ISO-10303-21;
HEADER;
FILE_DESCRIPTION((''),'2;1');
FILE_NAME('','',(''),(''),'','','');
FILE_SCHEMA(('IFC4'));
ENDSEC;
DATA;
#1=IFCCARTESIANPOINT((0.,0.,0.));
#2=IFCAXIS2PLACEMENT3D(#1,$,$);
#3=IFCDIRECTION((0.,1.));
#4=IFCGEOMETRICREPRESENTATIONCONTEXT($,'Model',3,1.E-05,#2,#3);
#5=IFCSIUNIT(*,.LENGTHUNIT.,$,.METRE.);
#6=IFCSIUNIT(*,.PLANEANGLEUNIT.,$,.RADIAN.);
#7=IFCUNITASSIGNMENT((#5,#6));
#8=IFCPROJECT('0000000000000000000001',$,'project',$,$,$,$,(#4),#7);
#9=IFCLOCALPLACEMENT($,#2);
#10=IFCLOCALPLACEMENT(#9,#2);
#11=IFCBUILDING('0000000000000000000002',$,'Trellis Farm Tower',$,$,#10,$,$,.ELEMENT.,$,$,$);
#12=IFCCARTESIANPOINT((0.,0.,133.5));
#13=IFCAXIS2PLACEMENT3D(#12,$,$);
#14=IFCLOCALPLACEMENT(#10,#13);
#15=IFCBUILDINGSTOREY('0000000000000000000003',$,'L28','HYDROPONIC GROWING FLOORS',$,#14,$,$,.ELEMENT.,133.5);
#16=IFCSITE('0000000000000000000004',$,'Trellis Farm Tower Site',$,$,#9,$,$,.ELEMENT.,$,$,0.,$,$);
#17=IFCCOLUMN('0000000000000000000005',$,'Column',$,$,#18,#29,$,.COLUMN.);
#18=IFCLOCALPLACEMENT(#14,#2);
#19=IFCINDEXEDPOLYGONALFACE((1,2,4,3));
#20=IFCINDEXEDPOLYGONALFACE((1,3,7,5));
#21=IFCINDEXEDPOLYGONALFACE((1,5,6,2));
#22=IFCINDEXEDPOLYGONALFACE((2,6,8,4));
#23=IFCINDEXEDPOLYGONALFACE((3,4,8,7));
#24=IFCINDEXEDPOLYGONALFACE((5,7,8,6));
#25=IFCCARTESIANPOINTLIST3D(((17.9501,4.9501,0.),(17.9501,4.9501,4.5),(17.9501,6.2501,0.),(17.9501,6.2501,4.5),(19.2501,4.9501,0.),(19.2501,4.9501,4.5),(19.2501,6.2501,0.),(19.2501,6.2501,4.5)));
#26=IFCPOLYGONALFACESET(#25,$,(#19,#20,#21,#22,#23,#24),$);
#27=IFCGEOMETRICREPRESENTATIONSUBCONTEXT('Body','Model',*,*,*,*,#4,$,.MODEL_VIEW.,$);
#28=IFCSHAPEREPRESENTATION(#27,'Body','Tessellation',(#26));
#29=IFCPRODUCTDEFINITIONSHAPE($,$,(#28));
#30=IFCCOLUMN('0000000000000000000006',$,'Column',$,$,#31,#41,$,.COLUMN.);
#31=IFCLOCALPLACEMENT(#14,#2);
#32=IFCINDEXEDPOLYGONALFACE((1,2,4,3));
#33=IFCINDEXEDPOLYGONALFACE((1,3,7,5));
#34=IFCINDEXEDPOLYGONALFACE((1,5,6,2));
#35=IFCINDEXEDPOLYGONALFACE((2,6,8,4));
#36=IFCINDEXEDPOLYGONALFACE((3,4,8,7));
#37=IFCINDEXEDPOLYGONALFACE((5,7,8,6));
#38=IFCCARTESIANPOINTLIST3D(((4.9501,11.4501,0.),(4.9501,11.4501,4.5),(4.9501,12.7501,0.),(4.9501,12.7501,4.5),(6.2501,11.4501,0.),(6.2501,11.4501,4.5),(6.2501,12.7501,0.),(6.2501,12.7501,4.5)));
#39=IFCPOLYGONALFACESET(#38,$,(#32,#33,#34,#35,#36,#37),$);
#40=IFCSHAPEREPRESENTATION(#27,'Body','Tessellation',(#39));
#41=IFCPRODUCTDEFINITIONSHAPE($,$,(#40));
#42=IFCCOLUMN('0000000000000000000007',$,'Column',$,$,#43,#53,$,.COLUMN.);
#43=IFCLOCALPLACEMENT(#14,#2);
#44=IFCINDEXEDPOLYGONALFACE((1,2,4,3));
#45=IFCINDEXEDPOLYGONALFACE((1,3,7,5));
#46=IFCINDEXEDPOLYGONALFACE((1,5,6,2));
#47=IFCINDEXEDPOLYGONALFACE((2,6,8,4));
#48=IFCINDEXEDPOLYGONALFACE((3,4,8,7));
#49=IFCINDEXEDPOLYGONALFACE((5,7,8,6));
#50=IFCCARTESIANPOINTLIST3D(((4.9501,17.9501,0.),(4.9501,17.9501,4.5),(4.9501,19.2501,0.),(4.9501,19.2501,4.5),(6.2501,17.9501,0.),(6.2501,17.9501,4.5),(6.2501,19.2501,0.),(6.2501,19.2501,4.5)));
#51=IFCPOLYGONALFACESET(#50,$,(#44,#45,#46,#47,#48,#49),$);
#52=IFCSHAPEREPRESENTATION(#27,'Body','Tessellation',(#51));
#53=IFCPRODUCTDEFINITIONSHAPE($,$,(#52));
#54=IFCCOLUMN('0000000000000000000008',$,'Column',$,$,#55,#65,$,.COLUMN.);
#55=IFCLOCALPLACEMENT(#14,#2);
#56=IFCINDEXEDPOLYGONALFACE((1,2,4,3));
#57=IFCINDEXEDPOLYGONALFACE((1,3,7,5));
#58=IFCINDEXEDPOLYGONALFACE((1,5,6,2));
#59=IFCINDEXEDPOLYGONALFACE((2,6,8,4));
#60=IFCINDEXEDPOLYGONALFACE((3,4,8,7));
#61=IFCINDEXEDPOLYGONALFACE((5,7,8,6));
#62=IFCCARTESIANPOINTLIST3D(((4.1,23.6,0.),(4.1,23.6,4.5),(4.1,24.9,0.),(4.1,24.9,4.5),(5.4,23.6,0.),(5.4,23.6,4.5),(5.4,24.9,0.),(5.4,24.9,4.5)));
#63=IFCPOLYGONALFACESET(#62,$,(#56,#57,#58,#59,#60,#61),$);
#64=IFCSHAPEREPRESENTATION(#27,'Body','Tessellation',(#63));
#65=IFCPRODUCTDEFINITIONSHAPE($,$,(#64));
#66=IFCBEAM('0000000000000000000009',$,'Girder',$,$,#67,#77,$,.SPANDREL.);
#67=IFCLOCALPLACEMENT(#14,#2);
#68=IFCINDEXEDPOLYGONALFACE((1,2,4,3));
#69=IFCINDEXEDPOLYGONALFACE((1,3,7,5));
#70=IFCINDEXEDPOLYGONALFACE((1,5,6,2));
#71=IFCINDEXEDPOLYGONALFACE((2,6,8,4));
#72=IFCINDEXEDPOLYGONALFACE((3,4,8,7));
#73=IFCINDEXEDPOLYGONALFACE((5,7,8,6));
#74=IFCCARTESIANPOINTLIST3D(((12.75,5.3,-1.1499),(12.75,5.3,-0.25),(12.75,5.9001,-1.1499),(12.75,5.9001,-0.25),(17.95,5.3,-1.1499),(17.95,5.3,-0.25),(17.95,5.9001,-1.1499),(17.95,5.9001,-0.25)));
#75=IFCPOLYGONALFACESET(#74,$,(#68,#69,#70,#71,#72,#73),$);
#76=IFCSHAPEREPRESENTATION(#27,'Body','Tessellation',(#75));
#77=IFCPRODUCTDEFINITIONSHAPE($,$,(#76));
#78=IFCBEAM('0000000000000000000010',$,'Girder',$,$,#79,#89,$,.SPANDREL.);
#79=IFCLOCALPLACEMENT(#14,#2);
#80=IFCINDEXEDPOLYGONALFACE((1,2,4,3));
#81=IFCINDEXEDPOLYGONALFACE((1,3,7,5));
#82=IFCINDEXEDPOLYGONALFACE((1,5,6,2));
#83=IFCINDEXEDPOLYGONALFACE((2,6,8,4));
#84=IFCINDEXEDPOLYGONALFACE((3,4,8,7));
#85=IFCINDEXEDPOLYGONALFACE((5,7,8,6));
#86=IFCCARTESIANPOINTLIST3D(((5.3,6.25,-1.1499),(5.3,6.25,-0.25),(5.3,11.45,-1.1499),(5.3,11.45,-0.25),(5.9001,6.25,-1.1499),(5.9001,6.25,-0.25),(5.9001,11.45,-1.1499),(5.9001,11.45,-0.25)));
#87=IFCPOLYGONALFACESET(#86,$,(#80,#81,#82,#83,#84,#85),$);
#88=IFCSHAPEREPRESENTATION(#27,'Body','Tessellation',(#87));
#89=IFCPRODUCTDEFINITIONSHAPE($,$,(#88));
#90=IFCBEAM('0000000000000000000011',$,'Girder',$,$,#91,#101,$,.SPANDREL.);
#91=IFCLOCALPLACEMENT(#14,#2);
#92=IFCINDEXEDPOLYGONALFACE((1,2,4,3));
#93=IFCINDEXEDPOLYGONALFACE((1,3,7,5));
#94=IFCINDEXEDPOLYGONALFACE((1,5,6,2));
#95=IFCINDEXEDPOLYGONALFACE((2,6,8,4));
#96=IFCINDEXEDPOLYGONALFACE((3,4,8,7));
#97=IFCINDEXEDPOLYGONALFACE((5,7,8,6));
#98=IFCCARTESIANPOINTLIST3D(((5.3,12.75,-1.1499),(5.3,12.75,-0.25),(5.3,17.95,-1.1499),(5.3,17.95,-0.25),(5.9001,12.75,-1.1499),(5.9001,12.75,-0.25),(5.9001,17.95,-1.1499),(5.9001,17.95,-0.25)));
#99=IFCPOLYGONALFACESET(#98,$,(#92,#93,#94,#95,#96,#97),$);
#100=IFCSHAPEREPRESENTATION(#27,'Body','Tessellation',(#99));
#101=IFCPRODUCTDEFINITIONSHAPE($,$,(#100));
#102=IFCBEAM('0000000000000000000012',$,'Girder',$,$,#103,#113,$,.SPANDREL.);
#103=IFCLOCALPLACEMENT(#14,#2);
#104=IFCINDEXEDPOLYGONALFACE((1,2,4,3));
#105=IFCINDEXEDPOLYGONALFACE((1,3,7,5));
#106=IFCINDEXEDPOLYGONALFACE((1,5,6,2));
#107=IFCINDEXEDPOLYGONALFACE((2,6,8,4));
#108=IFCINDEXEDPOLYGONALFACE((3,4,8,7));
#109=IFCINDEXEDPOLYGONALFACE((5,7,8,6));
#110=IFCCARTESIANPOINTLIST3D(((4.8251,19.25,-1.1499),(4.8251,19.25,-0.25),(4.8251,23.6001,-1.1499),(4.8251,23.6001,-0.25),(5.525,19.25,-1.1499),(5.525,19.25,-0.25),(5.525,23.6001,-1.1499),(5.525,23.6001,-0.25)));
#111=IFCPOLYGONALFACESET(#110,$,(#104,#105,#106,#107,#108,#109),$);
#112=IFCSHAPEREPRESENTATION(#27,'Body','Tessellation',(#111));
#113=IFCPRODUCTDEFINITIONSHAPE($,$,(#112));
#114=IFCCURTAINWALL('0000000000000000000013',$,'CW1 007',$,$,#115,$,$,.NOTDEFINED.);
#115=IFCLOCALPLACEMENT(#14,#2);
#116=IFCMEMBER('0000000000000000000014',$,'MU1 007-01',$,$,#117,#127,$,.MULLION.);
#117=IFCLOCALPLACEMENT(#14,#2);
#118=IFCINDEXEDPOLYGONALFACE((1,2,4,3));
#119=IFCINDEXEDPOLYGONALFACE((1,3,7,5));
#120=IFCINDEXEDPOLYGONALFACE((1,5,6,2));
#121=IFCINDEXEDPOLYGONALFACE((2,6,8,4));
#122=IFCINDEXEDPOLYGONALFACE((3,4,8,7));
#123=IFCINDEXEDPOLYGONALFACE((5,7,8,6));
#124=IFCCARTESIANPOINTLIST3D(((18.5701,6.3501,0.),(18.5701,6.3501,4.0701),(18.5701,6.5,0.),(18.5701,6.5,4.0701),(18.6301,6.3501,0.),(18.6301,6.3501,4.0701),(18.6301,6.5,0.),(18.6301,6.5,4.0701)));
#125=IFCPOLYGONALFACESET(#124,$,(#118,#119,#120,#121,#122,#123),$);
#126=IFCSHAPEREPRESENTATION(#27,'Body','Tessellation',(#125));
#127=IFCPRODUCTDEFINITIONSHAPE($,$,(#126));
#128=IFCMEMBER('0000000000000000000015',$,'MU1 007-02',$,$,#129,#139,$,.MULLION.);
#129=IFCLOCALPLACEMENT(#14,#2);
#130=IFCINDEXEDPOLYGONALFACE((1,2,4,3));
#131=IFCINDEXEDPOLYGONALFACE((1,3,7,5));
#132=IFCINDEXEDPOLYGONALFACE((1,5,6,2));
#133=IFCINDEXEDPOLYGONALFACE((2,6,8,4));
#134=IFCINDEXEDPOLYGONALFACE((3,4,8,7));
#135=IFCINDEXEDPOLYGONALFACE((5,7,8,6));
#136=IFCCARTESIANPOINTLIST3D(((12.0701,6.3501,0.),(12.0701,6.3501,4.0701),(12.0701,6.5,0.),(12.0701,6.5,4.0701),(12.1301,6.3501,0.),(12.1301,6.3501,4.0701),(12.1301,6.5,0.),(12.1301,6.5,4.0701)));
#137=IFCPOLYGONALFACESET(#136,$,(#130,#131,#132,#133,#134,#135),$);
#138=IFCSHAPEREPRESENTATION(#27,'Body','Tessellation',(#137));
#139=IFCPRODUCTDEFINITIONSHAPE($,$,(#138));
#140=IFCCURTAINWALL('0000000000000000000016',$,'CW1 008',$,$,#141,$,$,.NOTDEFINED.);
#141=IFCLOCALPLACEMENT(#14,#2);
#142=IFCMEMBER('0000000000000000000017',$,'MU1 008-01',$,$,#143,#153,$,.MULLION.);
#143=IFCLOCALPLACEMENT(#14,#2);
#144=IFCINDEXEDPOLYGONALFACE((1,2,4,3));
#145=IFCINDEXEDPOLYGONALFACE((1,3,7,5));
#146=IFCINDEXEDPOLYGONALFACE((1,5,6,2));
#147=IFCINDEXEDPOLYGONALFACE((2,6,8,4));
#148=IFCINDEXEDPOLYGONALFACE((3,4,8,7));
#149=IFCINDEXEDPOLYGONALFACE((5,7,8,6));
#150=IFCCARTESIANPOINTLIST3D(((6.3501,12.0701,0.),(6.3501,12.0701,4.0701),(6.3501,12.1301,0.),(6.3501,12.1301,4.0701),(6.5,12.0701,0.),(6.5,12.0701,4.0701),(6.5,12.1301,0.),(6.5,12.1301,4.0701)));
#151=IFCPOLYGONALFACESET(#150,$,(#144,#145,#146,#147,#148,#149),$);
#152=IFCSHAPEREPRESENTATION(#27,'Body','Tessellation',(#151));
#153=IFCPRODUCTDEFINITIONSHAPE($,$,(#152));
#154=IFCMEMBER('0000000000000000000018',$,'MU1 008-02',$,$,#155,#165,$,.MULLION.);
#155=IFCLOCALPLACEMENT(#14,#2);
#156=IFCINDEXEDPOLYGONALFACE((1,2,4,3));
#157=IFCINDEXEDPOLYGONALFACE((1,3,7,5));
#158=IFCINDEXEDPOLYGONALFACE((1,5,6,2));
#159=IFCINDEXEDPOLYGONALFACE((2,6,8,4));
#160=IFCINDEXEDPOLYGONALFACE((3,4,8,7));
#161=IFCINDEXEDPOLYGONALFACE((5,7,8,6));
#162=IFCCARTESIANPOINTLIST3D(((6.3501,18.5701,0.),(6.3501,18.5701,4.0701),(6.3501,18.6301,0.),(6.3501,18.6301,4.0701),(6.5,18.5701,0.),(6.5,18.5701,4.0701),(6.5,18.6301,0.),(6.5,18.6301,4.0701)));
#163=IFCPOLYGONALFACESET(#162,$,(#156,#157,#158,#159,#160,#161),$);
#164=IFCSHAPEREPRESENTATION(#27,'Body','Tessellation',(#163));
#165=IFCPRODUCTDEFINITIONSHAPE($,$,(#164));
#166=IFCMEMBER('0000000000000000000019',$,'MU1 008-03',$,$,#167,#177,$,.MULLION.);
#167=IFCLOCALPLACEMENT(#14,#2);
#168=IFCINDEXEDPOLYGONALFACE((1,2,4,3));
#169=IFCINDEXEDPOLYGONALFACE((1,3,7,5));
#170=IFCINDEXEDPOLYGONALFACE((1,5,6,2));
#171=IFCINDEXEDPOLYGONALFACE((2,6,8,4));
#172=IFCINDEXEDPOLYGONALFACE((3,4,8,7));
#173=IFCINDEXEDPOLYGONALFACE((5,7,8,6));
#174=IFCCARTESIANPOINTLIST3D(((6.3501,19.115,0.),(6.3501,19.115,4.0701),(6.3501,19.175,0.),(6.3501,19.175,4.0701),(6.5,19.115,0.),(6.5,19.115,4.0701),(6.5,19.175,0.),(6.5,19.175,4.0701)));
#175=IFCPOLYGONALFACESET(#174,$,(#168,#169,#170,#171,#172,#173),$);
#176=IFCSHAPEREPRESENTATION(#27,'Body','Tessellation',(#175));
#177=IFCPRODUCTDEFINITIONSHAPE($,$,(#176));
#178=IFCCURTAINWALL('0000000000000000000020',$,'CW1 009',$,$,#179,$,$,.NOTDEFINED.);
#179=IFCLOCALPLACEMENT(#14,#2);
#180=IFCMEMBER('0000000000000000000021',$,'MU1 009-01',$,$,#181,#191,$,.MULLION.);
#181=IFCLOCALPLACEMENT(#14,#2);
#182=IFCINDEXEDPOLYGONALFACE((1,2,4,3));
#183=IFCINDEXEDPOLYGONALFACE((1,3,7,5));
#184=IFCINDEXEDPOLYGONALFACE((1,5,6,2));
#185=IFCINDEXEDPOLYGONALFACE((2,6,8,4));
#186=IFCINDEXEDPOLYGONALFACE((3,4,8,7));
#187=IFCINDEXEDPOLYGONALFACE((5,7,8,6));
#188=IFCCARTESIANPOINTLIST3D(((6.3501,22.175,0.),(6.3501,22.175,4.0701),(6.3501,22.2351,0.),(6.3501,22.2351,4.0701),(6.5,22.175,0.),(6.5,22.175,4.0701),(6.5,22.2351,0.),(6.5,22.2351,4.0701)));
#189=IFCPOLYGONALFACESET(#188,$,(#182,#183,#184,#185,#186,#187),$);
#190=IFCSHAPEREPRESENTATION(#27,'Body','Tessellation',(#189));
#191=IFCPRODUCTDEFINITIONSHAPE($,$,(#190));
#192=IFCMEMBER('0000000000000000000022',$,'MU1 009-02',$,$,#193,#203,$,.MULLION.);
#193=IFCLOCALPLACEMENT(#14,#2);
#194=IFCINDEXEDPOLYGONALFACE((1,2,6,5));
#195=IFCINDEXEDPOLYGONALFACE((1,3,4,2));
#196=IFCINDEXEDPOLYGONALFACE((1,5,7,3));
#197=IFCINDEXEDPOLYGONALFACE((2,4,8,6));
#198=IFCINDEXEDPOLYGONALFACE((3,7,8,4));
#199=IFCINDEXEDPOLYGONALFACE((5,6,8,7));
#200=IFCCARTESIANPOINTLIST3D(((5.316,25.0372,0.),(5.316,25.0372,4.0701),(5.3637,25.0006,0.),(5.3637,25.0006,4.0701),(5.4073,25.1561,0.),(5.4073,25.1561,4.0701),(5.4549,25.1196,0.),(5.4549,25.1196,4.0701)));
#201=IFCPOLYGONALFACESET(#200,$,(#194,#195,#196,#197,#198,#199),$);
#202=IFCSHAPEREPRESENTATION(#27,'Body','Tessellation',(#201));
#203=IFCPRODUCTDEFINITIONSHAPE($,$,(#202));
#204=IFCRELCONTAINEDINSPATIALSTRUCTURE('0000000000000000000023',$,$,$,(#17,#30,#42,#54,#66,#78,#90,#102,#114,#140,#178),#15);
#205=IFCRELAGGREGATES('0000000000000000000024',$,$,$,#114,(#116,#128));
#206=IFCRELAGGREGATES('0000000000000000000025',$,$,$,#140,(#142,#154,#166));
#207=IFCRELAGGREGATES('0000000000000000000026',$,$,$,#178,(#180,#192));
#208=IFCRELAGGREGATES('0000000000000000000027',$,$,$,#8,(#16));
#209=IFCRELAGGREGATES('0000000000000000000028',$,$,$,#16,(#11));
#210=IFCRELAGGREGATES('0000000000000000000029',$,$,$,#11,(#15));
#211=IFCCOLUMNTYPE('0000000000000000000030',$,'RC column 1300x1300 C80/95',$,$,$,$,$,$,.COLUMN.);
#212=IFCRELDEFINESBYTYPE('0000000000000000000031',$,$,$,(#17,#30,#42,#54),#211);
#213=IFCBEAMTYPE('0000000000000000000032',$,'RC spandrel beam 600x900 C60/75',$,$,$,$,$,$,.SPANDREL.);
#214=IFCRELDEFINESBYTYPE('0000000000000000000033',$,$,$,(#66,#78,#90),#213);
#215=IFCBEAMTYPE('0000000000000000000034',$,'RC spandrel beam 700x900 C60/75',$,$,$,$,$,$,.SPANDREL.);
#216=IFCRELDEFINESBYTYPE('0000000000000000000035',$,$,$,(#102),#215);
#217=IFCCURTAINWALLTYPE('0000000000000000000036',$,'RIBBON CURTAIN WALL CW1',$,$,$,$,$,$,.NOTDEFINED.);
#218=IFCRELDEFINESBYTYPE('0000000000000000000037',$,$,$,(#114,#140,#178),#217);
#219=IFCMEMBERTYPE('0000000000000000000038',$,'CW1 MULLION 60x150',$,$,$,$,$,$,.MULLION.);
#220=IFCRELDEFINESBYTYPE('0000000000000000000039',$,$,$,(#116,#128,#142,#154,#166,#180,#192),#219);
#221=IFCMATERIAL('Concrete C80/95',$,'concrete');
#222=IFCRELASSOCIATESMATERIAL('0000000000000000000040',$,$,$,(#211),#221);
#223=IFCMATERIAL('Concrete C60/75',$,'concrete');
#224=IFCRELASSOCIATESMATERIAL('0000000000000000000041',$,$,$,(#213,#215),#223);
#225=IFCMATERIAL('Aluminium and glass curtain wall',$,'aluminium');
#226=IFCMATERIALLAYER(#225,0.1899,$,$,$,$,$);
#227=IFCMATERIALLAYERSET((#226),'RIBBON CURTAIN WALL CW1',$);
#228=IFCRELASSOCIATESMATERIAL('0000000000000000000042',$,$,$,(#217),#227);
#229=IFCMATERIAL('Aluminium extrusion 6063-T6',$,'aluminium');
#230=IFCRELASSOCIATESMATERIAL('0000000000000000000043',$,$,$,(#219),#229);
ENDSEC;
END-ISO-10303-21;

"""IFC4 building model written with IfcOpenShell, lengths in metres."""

from ifc_helpers import new_model, si_unit, direction, frame, origin, origin_2d, place, context, subcontext, project, spatial, rectangle, extrude, source, transform, mapped, material, layer, layer_set, material_profile, profile_set, type_object, element, aggregate, save


model = new_model("IFC4")

# Units and contexts
model_context = context("Model", 3, precision=1e-05, world=origin(), true_north=direction((0.0, 1.0)))
body_context = subcontext(model_context, "Body", "Model", "MODEL_VIEW")
ifc_project = project(units=[si_unit("LENGTHUNIT", "METRE"), si_unit("PLANEANGLEUNIT", "RADIAN")], contexts=[model_context])

# Site, building, storey
site_placement = place(None, origin())
site = spatial("IfcSite", under=ifc_project, at=site_placement, Name="Trellis Farm Tower Site", CompositionType="ELEMENT", RefElevation=0.0)
building_placement = place(site_placement, origin())
building = spatial("IfcBuilding", under=site, at=building_placement, Name="Trellis Farm Tower", CompositionType="ELEMENT")
storey_placement = place(building_placement, frame((0.0, 0.0, 133.5)))
storey = spatial("IfcBuildingStorey", under=building, at=storey_placement, Name="L28", Description="HYDROPONIC GROWING FLOORS", CompositionType="ELEMENT", Elevation=133.5)

# Columns
ifc_material_1 = material(Name="Concrete C80/95", Category="concrete")
ifc_material_profile_1 = material_profile(ifc_material_1, rectangle(XDim=1.3, YDim=1.3, at=origin_2d()), Name="RC column 1300x1300 C80/95")
ifc_profile_set_1 = profile_set([ifc_material_profile_1], Name="Concrete C80/95")
column_type = type_object("IfcColumnType", Name="RC column 1300x1300 C80/95", PredefinedType="COLUMN", material=ifc_profile_set_1)
shared_shape_1 = source(origin(), body_context, "Body", "SweptSolid", [
    extrude(rectangle(XDim=1.3, YDim=1.3, at=origin_2d()), origin(), (0.0, 0.0, 1.0), 4.5),
])
for number, where, z_axis, x_axis, name in (
    (1, (18.6001, 5.6001, 0.0), (0.0, 0.0, 1.0), (1.0, 0.0, 0.0), "Column"),
    (2, (5.6001, 12.1001, 0.0), (0.0, 0.0, 1.0), (1.0, 0.0, 0.0), "Column"),
    (3, (5.6001, 18.6001, 0.0), (0.0, 0.0, 1.0), (1.0, 0.0, 0.0), "Column"),
    (4, (4.75, 24.25, 0.0), (0.0, 0.0, 1.0), (1.0, 0.0, 0.0), "Column"),
):
    element("IfcColumn", number, at=place(storey_placement, frame(where, z_axis=z_axis, x_axis=x_axis)), inside=storey, type_object=column_type, Name=name, PredefinedType="COLUMN", context=body_context, shape_type="MappedRepresentation", body=[
        mapped(shared_shape_1, transform((0.0, 0.0, 0.0))),
    ])

# Beams
ifc_material_2 = material(Name="Concrete C60/75", Category="concrete")
ifc_material_profile_2 = material_profile(ifc_material_2, rectangle(XDim=0.6001, YDim=0.8999, at=origin_2d()), Name="RC spandrel beam 600x900 C60/75")
ifc_profile_set_2 = profile_set([ifc_material_profile_2], Name="Concrete C60/75")
beam_type_1 = type_object("IfcBeamType", Name="RC spandrel beam 600x900 C60/75", PredefinedType="SPANDREL", material=ifc_profile_set_2)
shared_shape_2 = source(origin(), body_context, "Body", "SweptSolid", [
    extrude(rectangle(XDim=0.6001, YDim=0.8999, at=origin_2d()), origin(), (0.0, 0.0, 1.0), 5.2),
])
for number, where, z_axis, x_axis, name in (
    (5, (12.75, 5.6001, -0.7), (1.0, 0.0, 0.0), (0.0, 1.0, 0.0), "Girder"),
    (6, (5.6001, 6.25, -0.7), (0.0, 1.0, 0.0), (-1.0, 0.0, 0.0), "Girder"),
    (7, (5.6001, 12.75, -0.7), (0.0, 1.0, 0.0), (-1.0, 0.0, 0.0), "Girder"),
):
    element("IfcBeam", number, at=place(storey_placement, frame(where, z_axis=z_axis, x_axis=x_axis)), inside=storey, type_object=beam_type_1, Name=name, PredefinedType="SPANDREL", context=body_context, shape_type="MappedRepresentation", body=[
        mapped(shared_shape_2, transform((0.0, 0.0, 0.0))),
    ])
ifc_material_profile_3 = material_profile(ifc_material_2, rectangle(XDim=0.7, YDim=0.8999, at=origin_2d()), Name="RC spandrel beam 700x900 C60/75")
ifc_profile_set_3 = profile_set([ifc_material_profile_3], Name="Concrete C60/75")
beam_type_2 = type_object("IfcBeamType", Name="RC spandrel beam 700x900 C60/75", PredefinedType="SPANDREL", material=ifc_profile_set_3)
shared_shape_3 = source(origin(), body_context, "Body", "SweptSolid", [
    extrude(rectangle(XDim=0.7, YDim=0.8999, at=origin_2d()), origin(), (0.0, 0.0, 1.0), 4.3501),
])
beam_placement = place(storey_placement, frame((5.175, 19.25, -0.7), z_axis=(0.0, 1.0, 0.0), x_axis=(-1.0, 0.0, 0.0)))
element("IfcBeam", 8, at=beam_placement, inside=storey, type_object=beam_type_2, Name="Girder", PredefinedType="SPANDREL", context=body_context, shape_type="MappedRepresentation", body=[
    mapped(shared_shape_3, transform((0.0, 0.0, 0.0))),
])

# Curtain walls, members
ifc_material_3 = material(Name="Aluminium and glass curtain wall", Category="aluminium")
ifc_layer_1 = layer(ifc_material_3, 0.1899)
ifc_layer_set_1 = layer_set([ifc_layer_1], Name="RIBBON CURTAIN WALL CW1")
curtain_wall_type_1 = type_object("IfcCurtainWallType", Name="RIBBON CURTAIN WALL CW1", PredefinedType="NOTDEFINED", material=ifc_layer_set_1)
placement = place(storey_placement, origin())
curtain_wall_1 = element("IfcCurtainWall", 9, at=placement, inside=storey, type_object=curtain_wall_type_1, Name="CW1 007", PredefinedType="NOTDEFINED")
ifc_material_4 = material(Name="Aluminium extrusion 6063-T6", Category="aluminium")
ifc_material_profile_4 = material_profile(ifc_material_4, rectangle(XDim=0.0601, YDim=0.1499, at=origin_2d()), Name="MULLION 60x150")
ifc_profile_set_4 = profile_set([ifc_material_profile_4], Name="Aluminium extrusion 6063-T6")
member_type_1 = type_object("IfcMemberType", Name="CW1 MULLION 60x150", PredefinedType="MULLION", material=ifc_profile_set_4)
shared_shape_4 = source(origin(), body_context, "Body", "SweptSolid", [
    extrude(rectangle(XDim=0.0601, YDim=0.1499, at=origin_2d()), origin(), (0.0, 0.0, 1.0), 4.0701),
])
member_1_placement = place(storey_placement, frame((18.6001, 6.425, 0.0), z_axis=(0.0, 0.0, 1.0), x_axis=(-1.0, 0.0, 0.0)))
member_1 = element("IfcMember", 10, at=member_1_placement, type_object=member_type_1, Name="MU1 007-01", PredefinedType="MULLION", context=body_context, shape_type="MappedRepresentation", body=[
    mapped(shared_shape_4, transform((0.0, 0.0, 0.0))),
])
member_2_placement = place(storey_placement, frame((12.1001, 6.425, 0.0), z_axis=(0.0, 0.0, 1.0), x_axis=(-1.0, 0.0, 0.0)))
member_2 = element("IfcMember", 11, at=member_2_placement, type_object=member_type_1, Name="MU1 007-02", PredefinedType="MULLION", context=body_context, shape_type="MappedRepresentation", body=[
    mapped(shared_shape_4, transform((0.0, 0.0, 0.0))),
])
aggregate(curtain_wall_1, [member_1, member_2])
curtain_wall_2 = element("IfcCurtainWall", 12, at=placement, inside=storey, type_object=curtain_wall_type_1, Name="CW1 008", PredefinedType="NOTDEFINED")
member_3_placement = place(storey_placement, frame((6.425, 12.1001, 0.0), z_axis=(0.0, 0.0, 1.0), x_axis=(0.0, 1.0, 0.0)))
member_3 = element("IfcMember", 13, at=member_3_placement, type_object=member_type_1, Name="MU1 008-01", PredefinedType="MULLION", context=body_context, shape_type="MappedRepresentation", body=[
    mapped(shared_shape_4, transform((0.0, 0.0, 0.0))),
])
member_4_placement = place(storey_placement, frame((6.425, 18.6001, 0.0), z_axis=(0.0, 0.0, 1.0), x_axis=(0.0, 1.0, 0.0)))
member_4 = element("IfcMember", 14, at=member_4_placement, type_object=member_type_1, Name="MU1 008-02", PredefinedType="MULLION", context=body_context, shape_type="MappedRepresentation", body=[
    mapped(shared_shape_4, transform((0.0, 0.0, 0.0))),
])
member_5_placement = place(storey_placement, frame((6.425, 19.145, 0.0), z_axis=(0.0, 0.0, 1.0), x_axis=(0.0, 1.0, 0.0)))
member_5 = element("IfcMember", 15, at=member_5_placement, type_object=member_type_1, Name="MU1 008-03", PredefinedType="MULLION", context=body_context, shape_type="MappedRepresentation", body=[
    mapped(shared_shape_4, transform((0.0, 0.0, 0.0))),
])
aggregate(curtain_wall_2, [member_3, member_4, member_5])
curtain_wall_3 = element("IfcCurtainWall", 16, at=placement, inside=storey, type_object=curtain_wall_type_1, Name="CW1 009", PredefinedType="NOTDEFINED")
member_6_placement = place(storey_placement, frame((6.425, 22.2051, 0.0), z_axis=(0.0, 0.0, 1.0), x_axis=(0.0, 1.0, 0.0)))
member_6 = element("IfcMember", 17, at=member_6_placement, type_object=member_type_1, Name="MU1 009-01", PredefinedType="MULLION", context=body_context, shape_type="MappedRepresentation", body=[
    mapped(shared_shape_4, transform((0.0, 0.0, 0.0))),
])
member_7_placement = place(storey_placement, frame((5.3855, 25.0784, 0.0), z_axis=(0.0, 0.0, 1.0), x_axis=(-0.793353, 0.608761, 0.0)))
member_7 = element("IfcMember", 18, at=member_7_placement, type_object=member_type_1, Name="MU1 009-02", PredefinedType="MULLION", context=body_context, shape_type="MappedRepresentation", body=[
    mapped(shared_shape_4, transform((0.0, 0.0, 0.0))),
])
aggregate(curtain_wall_3, [member_6, member_7])

save(model, "model.ifc")
